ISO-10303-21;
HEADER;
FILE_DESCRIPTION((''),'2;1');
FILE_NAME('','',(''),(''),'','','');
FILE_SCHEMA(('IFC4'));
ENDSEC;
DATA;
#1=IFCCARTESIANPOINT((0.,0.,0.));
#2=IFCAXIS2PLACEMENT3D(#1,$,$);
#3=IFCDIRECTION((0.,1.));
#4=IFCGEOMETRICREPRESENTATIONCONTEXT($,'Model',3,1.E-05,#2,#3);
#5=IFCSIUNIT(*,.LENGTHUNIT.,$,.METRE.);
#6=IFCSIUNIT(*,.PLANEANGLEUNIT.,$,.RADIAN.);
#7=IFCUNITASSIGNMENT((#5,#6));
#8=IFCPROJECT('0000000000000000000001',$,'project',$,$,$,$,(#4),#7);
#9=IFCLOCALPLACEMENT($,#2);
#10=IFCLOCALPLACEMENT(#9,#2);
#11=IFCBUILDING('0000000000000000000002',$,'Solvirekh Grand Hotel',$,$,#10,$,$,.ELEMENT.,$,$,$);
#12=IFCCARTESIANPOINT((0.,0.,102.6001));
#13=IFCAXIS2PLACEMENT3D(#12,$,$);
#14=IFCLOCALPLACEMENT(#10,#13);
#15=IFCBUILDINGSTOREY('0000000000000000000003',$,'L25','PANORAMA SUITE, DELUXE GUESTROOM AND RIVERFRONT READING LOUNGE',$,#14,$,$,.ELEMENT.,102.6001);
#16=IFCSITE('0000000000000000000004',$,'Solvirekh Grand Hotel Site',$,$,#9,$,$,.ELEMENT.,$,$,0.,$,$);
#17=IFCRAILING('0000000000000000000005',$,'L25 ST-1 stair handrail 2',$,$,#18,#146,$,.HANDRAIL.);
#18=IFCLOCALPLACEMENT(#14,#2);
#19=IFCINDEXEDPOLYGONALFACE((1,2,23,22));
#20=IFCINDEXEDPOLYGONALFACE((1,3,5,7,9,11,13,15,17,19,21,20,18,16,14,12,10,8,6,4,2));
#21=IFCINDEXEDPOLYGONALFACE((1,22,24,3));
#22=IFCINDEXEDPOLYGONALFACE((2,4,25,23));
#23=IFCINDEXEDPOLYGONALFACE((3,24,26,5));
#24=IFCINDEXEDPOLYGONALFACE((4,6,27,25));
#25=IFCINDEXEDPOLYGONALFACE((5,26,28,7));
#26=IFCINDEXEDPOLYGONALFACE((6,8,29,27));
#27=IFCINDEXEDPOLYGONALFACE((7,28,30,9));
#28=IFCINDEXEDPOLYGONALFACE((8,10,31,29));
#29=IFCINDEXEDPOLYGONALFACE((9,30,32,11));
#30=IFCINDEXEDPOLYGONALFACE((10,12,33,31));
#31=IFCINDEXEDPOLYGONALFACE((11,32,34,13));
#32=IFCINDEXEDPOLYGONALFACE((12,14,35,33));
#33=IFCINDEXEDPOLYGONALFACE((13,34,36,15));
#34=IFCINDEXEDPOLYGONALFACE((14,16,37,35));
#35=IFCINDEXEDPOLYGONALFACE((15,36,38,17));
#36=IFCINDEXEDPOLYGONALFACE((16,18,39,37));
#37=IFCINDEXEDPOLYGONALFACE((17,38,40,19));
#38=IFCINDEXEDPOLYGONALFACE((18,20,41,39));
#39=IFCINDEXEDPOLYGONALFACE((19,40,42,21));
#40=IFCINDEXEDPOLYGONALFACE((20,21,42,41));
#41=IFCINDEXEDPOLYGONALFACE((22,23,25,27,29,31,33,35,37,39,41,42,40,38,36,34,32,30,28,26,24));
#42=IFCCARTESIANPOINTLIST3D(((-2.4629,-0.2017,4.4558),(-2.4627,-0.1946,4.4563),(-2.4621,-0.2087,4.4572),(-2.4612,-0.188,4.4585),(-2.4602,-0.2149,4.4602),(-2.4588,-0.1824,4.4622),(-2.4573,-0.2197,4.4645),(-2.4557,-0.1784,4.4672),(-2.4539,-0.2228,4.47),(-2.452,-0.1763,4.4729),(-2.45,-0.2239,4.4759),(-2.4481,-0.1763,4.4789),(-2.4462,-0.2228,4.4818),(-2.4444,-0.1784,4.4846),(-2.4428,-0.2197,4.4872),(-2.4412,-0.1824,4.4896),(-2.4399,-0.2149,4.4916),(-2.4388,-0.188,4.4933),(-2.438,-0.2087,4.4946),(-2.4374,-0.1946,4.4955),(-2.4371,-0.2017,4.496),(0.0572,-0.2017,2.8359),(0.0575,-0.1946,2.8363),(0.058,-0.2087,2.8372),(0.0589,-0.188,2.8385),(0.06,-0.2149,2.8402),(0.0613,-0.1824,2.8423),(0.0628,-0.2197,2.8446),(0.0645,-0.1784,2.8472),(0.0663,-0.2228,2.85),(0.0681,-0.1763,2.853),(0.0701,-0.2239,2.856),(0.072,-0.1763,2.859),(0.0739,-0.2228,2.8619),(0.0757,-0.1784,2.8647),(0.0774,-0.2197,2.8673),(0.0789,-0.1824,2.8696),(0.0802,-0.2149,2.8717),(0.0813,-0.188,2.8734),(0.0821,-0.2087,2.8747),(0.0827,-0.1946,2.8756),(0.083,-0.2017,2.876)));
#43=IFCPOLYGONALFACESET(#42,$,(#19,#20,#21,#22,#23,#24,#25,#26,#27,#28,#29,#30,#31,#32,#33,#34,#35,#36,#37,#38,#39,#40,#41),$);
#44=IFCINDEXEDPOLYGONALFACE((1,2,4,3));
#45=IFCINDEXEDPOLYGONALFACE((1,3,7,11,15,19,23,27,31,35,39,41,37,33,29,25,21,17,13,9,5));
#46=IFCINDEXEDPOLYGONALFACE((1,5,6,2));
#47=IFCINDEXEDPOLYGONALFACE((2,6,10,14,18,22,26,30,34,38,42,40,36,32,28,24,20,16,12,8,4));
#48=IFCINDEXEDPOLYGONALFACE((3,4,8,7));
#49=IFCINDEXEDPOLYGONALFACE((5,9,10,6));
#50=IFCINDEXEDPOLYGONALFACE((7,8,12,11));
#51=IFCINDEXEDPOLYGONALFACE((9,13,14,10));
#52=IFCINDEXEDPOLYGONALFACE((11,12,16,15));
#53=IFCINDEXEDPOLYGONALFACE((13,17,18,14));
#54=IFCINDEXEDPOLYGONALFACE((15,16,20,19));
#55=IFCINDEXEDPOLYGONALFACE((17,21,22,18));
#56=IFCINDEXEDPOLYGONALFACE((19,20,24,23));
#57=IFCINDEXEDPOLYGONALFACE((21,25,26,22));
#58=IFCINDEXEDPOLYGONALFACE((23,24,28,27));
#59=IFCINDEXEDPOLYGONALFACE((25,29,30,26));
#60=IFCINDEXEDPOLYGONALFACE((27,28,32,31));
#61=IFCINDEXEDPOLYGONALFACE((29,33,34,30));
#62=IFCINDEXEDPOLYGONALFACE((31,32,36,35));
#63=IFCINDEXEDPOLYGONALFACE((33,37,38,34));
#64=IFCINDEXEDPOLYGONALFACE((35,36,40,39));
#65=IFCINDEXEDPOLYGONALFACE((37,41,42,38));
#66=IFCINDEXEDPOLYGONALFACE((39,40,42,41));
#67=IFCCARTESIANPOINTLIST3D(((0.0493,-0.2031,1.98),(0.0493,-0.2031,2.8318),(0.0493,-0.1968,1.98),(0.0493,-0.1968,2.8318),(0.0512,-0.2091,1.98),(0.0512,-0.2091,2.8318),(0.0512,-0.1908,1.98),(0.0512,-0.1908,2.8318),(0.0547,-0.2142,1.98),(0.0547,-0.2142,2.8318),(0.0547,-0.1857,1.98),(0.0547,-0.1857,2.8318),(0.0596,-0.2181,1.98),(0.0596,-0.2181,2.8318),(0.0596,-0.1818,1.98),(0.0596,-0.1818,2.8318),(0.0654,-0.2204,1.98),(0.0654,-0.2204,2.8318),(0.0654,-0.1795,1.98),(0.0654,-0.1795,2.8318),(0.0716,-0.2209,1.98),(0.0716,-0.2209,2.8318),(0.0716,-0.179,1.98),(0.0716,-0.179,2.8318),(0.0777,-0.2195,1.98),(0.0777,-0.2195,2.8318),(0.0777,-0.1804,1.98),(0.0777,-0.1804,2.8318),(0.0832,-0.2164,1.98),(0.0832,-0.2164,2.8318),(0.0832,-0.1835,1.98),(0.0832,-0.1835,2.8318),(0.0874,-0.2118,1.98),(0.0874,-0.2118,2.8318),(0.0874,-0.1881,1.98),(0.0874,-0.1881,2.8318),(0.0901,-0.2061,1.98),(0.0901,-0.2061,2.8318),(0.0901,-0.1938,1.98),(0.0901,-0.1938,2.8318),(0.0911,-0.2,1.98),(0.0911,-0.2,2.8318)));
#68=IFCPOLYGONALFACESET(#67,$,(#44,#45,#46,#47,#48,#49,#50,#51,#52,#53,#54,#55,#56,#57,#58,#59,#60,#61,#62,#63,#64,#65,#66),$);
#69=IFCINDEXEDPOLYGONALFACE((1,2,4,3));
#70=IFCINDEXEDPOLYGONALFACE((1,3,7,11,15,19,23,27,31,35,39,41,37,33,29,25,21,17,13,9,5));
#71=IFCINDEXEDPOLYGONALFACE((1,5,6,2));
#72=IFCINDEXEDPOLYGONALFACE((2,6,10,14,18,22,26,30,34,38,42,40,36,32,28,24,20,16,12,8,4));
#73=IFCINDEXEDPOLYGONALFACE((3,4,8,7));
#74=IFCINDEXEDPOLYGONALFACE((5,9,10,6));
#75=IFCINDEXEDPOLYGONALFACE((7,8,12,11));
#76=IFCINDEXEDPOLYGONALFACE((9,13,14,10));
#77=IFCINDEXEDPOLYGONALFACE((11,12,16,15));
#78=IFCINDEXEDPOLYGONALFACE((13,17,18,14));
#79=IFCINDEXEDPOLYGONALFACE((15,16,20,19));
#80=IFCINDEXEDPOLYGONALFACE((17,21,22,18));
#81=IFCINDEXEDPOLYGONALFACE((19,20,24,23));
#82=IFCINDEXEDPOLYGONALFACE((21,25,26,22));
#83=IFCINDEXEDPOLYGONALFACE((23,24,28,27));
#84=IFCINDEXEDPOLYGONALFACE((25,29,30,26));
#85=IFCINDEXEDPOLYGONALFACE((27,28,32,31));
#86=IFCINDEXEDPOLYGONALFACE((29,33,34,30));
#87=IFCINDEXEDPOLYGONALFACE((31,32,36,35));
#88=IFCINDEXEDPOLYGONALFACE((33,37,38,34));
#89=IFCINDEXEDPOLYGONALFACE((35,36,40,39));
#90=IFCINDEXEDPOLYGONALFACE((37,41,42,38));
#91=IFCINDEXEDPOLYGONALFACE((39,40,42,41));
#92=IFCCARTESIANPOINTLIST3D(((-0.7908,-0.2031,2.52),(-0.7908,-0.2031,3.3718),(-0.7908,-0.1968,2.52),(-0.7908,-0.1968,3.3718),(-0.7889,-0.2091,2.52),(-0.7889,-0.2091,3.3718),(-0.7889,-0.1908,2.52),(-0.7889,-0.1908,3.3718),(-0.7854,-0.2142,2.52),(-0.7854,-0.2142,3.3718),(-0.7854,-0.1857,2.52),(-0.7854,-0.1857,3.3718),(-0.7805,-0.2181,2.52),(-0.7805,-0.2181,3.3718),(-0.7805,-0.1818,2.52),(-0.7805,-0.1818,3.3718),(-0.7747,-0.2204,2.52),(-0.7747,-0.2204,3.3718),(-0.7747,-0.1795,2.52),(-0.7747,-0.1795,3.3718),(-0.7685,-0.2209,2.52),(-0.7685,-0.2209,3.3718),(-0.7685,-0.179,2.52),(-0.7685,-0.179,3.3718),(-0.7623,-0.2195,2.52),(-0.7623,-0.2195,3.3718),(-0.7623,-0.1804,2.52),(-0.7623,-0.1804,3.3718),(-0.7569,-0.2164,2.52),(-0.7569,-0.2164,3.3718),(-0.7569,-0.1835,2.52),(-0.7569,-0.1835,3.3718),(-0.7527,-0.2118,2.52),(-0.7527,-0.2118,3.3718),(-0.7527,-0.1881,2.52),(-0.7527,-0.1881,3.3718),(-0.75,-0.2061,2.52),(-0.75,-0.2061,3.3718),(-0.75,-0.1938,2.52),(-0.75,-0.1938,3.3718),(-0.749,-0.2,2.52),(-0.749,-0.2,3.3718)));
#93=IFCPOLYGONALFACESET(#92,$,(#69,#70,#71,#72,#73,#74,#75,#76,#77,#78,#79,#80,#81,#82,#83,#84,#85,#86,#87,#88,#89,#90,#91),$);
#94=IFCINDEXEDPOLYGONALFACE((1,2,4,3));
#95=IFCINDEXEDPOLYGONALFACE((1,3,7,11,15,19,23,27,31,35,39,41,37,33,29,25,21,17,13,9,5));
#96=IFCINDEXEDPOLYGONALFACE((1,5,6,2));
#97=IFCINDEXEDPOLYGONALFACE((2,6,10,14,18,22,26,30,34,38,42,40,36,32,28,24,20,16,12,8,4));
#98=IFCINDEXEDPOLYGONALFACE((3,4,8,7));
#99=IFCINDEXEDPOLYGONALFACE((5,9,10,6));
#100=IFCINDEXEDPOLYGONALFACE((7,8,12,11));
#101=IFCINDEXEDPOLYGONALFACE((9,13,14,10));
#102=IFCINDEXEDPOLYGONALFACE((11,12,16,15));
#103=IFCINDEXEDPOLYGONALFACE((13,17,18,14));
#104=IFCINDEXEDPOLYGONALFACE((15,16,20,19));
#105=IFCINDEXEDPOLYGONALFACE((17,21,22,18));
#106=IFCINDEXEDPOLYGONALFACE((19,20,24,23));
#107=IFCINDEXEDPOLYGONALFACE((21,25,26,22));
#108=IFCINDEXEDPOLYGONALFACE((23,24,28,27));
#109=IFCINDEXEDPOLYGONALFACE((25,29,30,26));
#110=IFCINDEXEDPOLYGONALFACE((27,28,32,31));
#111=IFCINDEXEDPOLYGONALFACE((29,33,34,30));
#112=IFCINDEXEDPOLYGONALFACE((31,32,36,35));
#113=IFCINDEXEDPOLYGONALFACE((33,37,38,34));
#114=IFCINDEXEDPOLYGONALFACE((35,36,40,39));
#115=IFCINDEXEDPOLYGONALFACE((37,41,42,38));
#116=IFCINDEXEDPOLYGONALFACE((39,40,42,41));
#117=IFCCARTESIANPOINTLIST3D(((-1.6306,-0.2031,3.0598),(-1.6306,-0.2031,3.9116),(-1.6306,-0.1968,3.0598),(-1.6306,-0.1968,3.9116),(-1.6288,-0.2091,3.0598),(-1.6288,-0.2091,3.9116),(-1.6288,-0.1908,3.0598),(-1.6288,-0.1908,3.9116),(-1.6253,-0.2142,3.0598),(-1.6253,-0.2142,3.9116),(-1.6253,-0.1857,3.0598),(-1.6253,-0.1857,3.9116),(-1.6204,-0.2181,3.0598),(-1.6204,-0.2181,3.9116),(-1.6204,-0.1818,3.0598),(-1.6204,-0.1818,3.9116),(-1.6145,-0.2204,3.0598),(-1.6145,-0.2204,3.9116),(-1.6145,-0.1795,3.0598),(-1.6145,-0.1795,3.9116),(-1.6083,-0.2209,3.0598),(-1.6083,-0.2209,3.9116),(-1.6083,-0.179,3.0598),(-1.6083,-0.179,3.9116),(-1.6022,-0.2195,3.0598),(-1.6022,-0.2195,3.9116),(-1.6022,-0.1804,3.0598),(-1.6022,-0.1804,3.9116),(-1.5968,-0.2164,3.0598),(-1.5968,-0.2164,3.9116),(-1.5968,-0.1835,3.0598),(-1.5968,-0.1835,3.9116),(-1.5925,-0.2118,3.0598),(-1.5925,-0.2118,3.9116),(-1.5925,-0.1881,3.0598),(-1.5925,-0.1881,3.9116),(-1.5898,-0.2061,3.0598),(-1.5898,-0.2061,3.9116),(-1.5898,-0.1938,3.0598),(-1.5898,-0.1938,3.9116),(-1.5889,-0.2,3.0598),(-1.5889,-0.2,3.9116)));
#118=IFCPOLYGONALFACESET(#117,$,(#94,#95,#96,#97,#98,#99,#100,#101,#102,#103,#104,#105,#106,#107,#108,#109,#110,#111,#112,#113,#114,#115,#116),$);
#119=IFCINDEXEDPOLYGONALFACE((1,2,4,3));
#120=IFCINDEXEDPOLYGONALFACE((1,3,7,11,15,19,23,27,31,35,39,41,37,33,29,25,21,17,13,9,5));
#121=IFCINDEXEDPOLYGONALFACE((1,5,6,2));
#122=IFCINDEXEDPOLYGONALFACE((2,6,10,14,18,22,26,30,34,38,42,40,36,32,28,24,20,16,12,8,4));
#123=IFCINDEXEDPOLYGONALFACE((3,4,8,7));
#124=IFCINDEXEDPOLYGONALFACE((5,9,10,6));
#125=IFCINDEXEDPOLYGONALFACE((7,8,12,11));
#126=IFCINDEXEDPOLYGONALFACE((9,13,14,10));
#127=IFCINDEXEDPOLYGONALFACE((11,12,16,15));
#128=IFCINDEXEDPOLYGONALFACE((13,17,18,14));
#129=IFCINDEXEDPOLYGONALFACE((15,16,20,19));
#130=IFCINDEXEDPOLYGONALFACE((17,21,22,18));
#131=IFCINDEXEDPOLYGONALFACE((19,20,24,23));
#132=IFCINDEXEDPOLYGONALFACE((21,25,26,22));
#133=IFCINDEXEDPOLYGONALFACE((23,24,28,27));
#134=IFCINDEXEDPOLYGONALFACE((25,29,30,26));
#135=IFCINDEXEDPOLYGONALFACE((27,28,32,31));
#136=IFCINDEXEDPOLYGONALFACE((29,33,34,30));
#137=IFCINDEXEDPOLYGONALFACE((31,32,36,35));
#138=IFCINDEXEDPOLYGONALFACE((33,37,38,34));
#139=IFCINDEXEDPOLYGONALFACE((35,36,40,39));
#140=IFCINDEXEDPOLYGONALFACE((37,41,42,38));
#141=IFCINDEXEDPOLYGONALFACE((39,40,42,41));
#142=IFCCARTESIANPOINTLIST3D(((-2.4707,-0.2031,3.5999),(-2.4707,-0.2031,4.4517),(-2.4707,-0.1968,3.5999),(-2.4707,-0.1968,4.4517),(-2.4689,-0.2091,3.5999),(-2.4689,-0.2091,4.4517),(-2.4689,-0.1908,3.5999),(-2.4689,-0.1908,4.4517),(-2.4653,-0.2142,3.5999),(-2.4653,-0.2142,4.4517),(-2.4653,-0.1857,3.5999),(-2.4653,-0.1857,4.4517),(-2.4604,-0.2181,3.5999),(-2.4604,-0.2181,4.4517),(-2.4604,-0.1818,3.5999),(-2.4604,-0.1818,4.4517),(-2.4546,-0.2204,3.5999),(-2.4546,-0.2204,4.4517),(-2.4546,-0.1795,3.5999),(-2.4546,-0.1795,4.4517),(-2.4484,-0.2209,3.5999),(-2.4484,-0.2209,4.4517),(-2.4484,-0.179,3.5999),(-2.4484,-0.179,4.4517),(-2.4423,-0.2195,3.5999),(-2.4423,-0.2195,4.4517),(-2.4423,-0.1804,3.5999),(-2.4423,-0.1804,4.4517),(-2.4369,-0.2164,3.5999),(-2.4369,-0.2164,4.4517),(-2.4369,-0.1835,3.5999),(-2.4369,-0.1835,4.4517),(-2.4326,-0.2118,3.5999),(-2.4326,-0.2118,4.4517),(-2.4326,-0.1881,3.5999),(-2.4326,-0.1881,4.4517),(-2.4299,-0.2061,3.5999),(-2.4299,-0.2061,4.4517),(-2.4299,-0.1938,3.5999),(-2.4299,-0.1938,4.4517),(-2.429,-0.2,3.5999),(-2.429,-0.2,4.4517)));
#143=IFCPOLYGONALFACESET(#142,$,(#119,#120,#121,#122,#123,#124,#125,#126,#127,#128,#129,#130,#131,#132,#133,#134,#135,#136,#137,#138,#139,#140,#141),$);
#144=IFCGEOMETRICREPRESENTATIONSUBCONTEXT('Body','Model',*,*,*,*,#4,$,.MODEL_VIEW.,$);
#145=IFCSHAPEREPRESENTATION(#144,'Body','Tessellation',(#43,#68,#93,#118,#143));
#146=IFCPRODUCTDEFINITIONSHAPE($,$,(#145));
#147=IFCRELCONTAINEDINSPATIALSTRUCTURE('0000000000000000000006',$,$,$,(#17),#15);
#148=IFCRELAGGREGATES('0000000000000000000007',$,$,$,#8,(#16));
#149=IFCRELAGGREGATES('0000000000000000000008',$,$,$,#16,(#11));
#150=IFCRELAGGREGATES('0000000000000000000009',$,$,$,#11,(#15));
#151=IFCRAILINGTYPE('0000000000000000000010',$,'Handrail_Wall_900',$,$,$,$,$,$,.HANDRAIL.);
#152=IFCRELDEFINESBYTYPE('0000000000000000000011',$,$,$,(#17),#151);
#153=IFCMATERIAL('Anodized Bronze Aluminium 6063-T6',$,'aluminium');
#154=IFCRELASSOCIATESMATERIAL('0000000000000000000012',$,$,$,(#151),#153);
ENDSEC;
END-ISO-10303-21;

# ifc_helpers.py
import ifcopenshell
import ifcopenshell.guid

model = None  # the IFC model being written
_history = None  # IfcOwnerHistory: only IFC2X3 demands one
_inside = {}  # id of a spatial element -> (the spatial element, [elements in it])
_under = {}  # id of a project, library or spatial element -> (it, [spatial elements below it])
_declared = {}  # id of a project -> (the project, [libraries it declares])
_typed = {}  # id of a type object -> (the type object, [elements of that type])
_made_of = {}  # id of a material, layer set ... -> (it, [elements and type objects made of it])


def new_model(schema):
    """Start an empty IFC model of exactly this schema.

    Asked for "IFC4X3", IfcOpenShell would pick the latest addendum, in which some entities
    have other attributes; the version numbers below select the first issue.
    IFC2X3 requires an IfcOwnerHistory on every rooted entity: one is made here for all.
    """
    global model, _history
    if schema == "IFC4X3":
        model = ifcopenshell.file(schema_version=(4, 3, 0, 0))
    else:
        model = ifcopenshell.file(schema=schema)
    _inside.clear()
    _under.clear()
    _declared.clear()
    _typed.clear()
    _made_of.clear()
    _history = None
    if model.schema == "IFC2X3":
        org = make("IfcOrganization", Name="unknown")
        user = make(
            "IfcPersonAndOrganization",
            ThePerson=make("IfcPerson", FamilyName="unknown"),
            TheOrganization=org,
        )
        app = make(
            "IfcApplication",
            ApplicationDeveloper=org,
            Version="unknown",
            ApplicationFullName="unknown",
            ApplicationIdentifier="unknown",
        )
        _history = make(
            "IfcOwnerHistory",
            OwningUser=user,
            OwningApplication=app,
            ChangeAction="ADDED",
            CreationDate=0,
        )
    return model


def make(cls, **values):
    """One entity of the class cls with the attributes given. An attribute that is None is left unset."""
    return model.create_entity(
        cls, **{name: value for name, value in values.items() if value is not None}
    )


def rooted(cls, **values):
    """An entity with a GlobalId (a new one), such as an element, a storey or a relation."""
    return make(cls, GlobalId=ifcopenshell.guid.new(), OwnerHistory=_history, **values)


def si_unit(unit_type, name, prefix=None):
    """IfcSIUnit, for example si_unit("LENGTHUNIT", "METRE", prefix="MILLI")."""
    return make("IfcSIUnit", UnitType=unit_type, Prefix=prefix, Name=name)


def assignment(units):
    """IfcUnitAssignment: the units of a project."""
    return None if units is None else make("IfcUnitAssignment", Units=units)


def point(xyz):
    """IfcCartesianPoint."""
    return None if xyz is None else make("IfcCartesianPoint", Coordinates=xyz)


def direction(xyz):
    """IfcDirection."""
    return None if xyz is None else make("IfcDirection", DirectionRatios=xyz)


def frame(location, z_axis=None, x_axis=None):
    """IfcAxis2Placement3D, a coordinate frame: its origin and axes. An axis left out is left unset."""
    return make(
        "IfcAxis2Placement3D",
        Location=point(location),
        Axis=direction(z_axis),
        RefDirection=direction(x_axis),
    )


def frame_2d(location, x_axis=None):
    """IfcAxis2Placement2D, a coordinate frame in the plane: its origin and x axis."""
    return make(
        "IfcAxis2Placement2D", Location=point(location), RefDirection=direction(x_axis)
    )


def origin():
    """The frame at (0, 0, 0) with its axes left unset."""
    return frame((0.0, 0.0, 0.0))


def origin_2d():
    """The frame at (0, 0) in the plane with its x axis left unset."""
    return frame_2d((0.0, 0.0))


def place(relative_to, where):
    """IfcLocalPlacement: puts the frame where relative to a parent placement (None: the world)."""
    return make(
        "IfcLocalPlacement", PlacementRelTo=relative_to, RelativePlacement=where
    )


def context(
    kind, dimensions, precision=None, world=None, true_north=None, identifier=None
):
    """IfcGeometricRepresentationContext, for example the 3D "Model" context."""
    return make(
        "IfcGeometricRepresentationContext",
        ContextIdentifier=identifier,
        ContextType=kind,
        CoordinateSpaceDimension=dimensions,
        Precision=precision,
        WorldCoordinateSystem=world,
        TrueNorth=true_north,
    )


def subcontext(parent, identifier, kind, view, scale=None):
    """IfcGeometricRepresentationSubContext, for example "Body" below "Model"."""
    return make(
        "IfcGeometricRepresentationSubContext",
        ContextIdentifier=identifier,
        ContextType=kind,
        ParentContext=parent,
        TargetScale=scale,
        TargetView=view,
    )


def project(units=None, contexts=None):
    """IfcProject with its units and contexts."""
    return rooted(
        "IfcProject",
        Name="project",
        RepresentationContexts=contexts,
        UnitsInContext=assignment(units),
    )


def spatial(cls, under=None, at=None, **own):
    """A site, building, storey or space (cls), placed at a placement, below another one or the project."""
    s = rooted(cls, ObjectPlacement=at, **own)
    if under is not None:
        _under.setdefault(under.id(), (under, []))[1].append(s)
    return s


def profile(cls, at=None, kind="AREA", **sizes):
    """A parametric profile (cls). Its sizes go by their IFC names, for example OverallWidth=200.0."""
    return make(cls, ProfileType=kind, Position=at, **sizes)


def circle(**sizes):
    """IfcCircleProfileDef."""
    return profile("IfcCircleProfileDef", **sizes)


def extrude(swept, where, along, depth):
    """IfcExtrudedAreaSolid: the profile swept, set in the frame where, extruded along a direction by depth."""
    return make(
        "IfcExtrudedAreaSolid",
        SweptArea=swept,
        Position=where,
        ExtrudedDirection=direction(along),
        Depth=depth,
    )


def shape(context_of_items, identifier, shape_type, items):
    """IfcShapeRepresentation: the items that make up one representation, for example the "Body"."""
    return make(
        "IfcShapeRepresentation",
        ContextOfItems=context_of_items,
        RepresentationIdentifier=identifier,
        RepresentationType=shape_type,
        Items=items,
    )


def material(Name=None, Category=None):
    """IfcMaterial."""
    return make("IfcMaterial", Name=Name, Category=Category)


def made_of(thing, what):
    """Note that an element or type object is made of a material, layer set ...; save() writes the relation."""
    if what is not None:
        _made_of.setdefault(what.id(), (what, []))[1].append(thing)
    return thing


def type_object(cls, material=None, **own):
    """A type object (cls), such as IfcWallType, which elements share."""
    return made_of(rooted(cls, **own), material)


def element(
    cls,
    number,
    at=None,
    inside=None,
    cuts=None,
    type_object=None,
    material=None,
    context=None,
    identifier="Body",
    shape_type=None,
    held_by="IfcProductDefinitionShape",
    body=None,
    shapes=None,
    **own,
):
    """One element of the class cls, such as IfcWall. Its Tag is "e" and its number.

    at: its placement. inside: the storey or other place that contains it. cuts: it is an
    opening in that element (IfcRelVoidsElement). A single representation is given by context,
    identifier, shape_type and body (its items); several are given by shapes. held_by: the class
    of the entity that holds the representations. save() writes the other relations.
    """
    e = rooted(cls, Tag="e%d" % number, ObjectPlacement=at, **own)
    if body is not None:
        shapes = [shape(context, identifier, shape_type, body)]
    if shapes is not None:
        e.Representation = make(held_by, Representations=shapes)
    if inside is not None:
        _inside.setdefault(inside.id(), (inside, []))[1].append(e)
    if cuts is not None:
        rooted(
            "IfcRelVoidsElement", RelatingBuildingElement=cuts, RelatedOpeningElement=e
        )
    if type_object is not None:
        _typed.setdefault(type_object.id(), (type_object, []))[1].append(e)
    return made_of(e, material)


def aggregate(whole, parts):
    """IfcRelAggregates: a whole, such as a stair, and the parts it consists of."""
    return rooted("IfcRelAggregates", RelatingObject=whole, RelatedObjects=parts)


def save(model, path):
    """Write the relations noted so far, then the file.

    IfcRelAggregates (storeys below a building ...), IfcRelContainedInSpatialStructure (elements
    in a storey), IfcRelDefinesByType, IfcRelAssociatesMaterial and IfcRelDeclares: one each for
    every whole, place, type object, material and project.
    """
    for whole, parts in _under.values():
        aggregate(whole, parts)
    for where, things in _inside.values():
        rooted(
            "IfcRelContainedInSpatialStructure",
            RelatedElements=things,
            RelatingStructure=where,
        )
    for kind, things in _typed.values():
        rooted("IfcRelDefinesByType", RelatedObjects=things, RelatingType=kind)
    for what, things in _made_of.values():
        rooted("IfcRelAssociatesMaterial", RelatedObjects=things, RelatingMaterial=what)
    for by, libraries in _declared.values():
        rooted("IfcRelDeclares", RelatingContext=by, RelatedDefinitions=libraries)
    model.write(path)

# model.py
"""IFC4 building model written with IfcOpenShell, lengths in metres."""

from ifc_helpers import new_model, si_unit, direction, frame, origin, origin_2d, place, context, subcontext, project, spatial, circle, extrude, material, type_object, element, save


model = new_model("IFC4")

# Units and contexts
model_context = context("Model", 3, precision=1e-05, world=origin(), true_north=direction((0.0, 1.0)))
body_context = subcontext(model_context, "Body", "Model", "MODEL_VIEW")
ifc_project = project(units=[si_unit("LENGTHUNIT", "METRE"), si_unit("PLANEANGLEUNIT", "RADIAN")], contexts=[model_context])

# Site, building, storey
site_placement = place(None, origin())
site = spatial("IfcSite", under=ifc_project, at=site_placement, Name="Solvirekh Grand Hotel Site", CompositionType="ELEMENT", RefElevation=0.0)
building_placement = place(site_placement, origin())
building = spatial("IfcBuilding", under=site, at=building_placement, Name="Solvirekh Grand Hotel", CompositionType="ELEMENT")
storey_placement = place(building_placement, frame((0.0, 0.0, 102.6001)))
storey = spatial("IfcBuildingStorey", under=building, at=storey_placement, Name="L25", Description="PANORAMA SUITE, DELUXE GUESTROOM AND RIVERFRONT READING LOUNGE", CompositionType="ELEMENT", Elevation=102.6001)

# Railing
ifc_material_1 = material(Name="Anodized Bronze Aluminium 6063-T6", Category="aluminium")
railing_type_1 = type_object("IfcRailingType", Name="Handrail_Wall_900", PredefinedType="HANDRAIL", material=ifc_material_1)
railing_1_placement = place(storey_placement, frame((0.0701, -0.2, 1.98)))
element("IfcRailing", 1, at=railing_1_placement, inside=storey, type_object=railing_type_1, Name="L25 ST-1 stair handrail 2", PredefinedType="HANDRAIL", context=body_context, shape_type="SweptSolid", body=[
    extrude(circle(Radius=0.0239, at=origin_2d()), frame((0.0, 0.0, 0.876), z_axis=(-0.8412, 0.0, 0.540725), x_axis=(0.0, -1.0, 0.0)), (0.0, 0.0, 1.0), 2.9958),
    extrude(circle(Radius=0.021, at=origin_2d()), origin(), (0.0, 0.0, 1.0), 0.8518),
    extrude(circle(Radius=0.021, at=origin_2d()), frame((-0.8401, 0.0, 0.54)), (0.0, 0.0, 1.0), 0.8518),
    extrude(circle(Radius=0.021, at=origin_2d()), frame((-1.6799, 0.0, 1.0798)), (0.0, 0.0, 1.0), 0.8518),
    extrude(circle(Radius=0.021, at=origin_2d()), frame((-2.52, 0.0, 1.6199)), (0.0, 0.0, 1.0), 0.8518),
])

save(model, "model.ifc")
